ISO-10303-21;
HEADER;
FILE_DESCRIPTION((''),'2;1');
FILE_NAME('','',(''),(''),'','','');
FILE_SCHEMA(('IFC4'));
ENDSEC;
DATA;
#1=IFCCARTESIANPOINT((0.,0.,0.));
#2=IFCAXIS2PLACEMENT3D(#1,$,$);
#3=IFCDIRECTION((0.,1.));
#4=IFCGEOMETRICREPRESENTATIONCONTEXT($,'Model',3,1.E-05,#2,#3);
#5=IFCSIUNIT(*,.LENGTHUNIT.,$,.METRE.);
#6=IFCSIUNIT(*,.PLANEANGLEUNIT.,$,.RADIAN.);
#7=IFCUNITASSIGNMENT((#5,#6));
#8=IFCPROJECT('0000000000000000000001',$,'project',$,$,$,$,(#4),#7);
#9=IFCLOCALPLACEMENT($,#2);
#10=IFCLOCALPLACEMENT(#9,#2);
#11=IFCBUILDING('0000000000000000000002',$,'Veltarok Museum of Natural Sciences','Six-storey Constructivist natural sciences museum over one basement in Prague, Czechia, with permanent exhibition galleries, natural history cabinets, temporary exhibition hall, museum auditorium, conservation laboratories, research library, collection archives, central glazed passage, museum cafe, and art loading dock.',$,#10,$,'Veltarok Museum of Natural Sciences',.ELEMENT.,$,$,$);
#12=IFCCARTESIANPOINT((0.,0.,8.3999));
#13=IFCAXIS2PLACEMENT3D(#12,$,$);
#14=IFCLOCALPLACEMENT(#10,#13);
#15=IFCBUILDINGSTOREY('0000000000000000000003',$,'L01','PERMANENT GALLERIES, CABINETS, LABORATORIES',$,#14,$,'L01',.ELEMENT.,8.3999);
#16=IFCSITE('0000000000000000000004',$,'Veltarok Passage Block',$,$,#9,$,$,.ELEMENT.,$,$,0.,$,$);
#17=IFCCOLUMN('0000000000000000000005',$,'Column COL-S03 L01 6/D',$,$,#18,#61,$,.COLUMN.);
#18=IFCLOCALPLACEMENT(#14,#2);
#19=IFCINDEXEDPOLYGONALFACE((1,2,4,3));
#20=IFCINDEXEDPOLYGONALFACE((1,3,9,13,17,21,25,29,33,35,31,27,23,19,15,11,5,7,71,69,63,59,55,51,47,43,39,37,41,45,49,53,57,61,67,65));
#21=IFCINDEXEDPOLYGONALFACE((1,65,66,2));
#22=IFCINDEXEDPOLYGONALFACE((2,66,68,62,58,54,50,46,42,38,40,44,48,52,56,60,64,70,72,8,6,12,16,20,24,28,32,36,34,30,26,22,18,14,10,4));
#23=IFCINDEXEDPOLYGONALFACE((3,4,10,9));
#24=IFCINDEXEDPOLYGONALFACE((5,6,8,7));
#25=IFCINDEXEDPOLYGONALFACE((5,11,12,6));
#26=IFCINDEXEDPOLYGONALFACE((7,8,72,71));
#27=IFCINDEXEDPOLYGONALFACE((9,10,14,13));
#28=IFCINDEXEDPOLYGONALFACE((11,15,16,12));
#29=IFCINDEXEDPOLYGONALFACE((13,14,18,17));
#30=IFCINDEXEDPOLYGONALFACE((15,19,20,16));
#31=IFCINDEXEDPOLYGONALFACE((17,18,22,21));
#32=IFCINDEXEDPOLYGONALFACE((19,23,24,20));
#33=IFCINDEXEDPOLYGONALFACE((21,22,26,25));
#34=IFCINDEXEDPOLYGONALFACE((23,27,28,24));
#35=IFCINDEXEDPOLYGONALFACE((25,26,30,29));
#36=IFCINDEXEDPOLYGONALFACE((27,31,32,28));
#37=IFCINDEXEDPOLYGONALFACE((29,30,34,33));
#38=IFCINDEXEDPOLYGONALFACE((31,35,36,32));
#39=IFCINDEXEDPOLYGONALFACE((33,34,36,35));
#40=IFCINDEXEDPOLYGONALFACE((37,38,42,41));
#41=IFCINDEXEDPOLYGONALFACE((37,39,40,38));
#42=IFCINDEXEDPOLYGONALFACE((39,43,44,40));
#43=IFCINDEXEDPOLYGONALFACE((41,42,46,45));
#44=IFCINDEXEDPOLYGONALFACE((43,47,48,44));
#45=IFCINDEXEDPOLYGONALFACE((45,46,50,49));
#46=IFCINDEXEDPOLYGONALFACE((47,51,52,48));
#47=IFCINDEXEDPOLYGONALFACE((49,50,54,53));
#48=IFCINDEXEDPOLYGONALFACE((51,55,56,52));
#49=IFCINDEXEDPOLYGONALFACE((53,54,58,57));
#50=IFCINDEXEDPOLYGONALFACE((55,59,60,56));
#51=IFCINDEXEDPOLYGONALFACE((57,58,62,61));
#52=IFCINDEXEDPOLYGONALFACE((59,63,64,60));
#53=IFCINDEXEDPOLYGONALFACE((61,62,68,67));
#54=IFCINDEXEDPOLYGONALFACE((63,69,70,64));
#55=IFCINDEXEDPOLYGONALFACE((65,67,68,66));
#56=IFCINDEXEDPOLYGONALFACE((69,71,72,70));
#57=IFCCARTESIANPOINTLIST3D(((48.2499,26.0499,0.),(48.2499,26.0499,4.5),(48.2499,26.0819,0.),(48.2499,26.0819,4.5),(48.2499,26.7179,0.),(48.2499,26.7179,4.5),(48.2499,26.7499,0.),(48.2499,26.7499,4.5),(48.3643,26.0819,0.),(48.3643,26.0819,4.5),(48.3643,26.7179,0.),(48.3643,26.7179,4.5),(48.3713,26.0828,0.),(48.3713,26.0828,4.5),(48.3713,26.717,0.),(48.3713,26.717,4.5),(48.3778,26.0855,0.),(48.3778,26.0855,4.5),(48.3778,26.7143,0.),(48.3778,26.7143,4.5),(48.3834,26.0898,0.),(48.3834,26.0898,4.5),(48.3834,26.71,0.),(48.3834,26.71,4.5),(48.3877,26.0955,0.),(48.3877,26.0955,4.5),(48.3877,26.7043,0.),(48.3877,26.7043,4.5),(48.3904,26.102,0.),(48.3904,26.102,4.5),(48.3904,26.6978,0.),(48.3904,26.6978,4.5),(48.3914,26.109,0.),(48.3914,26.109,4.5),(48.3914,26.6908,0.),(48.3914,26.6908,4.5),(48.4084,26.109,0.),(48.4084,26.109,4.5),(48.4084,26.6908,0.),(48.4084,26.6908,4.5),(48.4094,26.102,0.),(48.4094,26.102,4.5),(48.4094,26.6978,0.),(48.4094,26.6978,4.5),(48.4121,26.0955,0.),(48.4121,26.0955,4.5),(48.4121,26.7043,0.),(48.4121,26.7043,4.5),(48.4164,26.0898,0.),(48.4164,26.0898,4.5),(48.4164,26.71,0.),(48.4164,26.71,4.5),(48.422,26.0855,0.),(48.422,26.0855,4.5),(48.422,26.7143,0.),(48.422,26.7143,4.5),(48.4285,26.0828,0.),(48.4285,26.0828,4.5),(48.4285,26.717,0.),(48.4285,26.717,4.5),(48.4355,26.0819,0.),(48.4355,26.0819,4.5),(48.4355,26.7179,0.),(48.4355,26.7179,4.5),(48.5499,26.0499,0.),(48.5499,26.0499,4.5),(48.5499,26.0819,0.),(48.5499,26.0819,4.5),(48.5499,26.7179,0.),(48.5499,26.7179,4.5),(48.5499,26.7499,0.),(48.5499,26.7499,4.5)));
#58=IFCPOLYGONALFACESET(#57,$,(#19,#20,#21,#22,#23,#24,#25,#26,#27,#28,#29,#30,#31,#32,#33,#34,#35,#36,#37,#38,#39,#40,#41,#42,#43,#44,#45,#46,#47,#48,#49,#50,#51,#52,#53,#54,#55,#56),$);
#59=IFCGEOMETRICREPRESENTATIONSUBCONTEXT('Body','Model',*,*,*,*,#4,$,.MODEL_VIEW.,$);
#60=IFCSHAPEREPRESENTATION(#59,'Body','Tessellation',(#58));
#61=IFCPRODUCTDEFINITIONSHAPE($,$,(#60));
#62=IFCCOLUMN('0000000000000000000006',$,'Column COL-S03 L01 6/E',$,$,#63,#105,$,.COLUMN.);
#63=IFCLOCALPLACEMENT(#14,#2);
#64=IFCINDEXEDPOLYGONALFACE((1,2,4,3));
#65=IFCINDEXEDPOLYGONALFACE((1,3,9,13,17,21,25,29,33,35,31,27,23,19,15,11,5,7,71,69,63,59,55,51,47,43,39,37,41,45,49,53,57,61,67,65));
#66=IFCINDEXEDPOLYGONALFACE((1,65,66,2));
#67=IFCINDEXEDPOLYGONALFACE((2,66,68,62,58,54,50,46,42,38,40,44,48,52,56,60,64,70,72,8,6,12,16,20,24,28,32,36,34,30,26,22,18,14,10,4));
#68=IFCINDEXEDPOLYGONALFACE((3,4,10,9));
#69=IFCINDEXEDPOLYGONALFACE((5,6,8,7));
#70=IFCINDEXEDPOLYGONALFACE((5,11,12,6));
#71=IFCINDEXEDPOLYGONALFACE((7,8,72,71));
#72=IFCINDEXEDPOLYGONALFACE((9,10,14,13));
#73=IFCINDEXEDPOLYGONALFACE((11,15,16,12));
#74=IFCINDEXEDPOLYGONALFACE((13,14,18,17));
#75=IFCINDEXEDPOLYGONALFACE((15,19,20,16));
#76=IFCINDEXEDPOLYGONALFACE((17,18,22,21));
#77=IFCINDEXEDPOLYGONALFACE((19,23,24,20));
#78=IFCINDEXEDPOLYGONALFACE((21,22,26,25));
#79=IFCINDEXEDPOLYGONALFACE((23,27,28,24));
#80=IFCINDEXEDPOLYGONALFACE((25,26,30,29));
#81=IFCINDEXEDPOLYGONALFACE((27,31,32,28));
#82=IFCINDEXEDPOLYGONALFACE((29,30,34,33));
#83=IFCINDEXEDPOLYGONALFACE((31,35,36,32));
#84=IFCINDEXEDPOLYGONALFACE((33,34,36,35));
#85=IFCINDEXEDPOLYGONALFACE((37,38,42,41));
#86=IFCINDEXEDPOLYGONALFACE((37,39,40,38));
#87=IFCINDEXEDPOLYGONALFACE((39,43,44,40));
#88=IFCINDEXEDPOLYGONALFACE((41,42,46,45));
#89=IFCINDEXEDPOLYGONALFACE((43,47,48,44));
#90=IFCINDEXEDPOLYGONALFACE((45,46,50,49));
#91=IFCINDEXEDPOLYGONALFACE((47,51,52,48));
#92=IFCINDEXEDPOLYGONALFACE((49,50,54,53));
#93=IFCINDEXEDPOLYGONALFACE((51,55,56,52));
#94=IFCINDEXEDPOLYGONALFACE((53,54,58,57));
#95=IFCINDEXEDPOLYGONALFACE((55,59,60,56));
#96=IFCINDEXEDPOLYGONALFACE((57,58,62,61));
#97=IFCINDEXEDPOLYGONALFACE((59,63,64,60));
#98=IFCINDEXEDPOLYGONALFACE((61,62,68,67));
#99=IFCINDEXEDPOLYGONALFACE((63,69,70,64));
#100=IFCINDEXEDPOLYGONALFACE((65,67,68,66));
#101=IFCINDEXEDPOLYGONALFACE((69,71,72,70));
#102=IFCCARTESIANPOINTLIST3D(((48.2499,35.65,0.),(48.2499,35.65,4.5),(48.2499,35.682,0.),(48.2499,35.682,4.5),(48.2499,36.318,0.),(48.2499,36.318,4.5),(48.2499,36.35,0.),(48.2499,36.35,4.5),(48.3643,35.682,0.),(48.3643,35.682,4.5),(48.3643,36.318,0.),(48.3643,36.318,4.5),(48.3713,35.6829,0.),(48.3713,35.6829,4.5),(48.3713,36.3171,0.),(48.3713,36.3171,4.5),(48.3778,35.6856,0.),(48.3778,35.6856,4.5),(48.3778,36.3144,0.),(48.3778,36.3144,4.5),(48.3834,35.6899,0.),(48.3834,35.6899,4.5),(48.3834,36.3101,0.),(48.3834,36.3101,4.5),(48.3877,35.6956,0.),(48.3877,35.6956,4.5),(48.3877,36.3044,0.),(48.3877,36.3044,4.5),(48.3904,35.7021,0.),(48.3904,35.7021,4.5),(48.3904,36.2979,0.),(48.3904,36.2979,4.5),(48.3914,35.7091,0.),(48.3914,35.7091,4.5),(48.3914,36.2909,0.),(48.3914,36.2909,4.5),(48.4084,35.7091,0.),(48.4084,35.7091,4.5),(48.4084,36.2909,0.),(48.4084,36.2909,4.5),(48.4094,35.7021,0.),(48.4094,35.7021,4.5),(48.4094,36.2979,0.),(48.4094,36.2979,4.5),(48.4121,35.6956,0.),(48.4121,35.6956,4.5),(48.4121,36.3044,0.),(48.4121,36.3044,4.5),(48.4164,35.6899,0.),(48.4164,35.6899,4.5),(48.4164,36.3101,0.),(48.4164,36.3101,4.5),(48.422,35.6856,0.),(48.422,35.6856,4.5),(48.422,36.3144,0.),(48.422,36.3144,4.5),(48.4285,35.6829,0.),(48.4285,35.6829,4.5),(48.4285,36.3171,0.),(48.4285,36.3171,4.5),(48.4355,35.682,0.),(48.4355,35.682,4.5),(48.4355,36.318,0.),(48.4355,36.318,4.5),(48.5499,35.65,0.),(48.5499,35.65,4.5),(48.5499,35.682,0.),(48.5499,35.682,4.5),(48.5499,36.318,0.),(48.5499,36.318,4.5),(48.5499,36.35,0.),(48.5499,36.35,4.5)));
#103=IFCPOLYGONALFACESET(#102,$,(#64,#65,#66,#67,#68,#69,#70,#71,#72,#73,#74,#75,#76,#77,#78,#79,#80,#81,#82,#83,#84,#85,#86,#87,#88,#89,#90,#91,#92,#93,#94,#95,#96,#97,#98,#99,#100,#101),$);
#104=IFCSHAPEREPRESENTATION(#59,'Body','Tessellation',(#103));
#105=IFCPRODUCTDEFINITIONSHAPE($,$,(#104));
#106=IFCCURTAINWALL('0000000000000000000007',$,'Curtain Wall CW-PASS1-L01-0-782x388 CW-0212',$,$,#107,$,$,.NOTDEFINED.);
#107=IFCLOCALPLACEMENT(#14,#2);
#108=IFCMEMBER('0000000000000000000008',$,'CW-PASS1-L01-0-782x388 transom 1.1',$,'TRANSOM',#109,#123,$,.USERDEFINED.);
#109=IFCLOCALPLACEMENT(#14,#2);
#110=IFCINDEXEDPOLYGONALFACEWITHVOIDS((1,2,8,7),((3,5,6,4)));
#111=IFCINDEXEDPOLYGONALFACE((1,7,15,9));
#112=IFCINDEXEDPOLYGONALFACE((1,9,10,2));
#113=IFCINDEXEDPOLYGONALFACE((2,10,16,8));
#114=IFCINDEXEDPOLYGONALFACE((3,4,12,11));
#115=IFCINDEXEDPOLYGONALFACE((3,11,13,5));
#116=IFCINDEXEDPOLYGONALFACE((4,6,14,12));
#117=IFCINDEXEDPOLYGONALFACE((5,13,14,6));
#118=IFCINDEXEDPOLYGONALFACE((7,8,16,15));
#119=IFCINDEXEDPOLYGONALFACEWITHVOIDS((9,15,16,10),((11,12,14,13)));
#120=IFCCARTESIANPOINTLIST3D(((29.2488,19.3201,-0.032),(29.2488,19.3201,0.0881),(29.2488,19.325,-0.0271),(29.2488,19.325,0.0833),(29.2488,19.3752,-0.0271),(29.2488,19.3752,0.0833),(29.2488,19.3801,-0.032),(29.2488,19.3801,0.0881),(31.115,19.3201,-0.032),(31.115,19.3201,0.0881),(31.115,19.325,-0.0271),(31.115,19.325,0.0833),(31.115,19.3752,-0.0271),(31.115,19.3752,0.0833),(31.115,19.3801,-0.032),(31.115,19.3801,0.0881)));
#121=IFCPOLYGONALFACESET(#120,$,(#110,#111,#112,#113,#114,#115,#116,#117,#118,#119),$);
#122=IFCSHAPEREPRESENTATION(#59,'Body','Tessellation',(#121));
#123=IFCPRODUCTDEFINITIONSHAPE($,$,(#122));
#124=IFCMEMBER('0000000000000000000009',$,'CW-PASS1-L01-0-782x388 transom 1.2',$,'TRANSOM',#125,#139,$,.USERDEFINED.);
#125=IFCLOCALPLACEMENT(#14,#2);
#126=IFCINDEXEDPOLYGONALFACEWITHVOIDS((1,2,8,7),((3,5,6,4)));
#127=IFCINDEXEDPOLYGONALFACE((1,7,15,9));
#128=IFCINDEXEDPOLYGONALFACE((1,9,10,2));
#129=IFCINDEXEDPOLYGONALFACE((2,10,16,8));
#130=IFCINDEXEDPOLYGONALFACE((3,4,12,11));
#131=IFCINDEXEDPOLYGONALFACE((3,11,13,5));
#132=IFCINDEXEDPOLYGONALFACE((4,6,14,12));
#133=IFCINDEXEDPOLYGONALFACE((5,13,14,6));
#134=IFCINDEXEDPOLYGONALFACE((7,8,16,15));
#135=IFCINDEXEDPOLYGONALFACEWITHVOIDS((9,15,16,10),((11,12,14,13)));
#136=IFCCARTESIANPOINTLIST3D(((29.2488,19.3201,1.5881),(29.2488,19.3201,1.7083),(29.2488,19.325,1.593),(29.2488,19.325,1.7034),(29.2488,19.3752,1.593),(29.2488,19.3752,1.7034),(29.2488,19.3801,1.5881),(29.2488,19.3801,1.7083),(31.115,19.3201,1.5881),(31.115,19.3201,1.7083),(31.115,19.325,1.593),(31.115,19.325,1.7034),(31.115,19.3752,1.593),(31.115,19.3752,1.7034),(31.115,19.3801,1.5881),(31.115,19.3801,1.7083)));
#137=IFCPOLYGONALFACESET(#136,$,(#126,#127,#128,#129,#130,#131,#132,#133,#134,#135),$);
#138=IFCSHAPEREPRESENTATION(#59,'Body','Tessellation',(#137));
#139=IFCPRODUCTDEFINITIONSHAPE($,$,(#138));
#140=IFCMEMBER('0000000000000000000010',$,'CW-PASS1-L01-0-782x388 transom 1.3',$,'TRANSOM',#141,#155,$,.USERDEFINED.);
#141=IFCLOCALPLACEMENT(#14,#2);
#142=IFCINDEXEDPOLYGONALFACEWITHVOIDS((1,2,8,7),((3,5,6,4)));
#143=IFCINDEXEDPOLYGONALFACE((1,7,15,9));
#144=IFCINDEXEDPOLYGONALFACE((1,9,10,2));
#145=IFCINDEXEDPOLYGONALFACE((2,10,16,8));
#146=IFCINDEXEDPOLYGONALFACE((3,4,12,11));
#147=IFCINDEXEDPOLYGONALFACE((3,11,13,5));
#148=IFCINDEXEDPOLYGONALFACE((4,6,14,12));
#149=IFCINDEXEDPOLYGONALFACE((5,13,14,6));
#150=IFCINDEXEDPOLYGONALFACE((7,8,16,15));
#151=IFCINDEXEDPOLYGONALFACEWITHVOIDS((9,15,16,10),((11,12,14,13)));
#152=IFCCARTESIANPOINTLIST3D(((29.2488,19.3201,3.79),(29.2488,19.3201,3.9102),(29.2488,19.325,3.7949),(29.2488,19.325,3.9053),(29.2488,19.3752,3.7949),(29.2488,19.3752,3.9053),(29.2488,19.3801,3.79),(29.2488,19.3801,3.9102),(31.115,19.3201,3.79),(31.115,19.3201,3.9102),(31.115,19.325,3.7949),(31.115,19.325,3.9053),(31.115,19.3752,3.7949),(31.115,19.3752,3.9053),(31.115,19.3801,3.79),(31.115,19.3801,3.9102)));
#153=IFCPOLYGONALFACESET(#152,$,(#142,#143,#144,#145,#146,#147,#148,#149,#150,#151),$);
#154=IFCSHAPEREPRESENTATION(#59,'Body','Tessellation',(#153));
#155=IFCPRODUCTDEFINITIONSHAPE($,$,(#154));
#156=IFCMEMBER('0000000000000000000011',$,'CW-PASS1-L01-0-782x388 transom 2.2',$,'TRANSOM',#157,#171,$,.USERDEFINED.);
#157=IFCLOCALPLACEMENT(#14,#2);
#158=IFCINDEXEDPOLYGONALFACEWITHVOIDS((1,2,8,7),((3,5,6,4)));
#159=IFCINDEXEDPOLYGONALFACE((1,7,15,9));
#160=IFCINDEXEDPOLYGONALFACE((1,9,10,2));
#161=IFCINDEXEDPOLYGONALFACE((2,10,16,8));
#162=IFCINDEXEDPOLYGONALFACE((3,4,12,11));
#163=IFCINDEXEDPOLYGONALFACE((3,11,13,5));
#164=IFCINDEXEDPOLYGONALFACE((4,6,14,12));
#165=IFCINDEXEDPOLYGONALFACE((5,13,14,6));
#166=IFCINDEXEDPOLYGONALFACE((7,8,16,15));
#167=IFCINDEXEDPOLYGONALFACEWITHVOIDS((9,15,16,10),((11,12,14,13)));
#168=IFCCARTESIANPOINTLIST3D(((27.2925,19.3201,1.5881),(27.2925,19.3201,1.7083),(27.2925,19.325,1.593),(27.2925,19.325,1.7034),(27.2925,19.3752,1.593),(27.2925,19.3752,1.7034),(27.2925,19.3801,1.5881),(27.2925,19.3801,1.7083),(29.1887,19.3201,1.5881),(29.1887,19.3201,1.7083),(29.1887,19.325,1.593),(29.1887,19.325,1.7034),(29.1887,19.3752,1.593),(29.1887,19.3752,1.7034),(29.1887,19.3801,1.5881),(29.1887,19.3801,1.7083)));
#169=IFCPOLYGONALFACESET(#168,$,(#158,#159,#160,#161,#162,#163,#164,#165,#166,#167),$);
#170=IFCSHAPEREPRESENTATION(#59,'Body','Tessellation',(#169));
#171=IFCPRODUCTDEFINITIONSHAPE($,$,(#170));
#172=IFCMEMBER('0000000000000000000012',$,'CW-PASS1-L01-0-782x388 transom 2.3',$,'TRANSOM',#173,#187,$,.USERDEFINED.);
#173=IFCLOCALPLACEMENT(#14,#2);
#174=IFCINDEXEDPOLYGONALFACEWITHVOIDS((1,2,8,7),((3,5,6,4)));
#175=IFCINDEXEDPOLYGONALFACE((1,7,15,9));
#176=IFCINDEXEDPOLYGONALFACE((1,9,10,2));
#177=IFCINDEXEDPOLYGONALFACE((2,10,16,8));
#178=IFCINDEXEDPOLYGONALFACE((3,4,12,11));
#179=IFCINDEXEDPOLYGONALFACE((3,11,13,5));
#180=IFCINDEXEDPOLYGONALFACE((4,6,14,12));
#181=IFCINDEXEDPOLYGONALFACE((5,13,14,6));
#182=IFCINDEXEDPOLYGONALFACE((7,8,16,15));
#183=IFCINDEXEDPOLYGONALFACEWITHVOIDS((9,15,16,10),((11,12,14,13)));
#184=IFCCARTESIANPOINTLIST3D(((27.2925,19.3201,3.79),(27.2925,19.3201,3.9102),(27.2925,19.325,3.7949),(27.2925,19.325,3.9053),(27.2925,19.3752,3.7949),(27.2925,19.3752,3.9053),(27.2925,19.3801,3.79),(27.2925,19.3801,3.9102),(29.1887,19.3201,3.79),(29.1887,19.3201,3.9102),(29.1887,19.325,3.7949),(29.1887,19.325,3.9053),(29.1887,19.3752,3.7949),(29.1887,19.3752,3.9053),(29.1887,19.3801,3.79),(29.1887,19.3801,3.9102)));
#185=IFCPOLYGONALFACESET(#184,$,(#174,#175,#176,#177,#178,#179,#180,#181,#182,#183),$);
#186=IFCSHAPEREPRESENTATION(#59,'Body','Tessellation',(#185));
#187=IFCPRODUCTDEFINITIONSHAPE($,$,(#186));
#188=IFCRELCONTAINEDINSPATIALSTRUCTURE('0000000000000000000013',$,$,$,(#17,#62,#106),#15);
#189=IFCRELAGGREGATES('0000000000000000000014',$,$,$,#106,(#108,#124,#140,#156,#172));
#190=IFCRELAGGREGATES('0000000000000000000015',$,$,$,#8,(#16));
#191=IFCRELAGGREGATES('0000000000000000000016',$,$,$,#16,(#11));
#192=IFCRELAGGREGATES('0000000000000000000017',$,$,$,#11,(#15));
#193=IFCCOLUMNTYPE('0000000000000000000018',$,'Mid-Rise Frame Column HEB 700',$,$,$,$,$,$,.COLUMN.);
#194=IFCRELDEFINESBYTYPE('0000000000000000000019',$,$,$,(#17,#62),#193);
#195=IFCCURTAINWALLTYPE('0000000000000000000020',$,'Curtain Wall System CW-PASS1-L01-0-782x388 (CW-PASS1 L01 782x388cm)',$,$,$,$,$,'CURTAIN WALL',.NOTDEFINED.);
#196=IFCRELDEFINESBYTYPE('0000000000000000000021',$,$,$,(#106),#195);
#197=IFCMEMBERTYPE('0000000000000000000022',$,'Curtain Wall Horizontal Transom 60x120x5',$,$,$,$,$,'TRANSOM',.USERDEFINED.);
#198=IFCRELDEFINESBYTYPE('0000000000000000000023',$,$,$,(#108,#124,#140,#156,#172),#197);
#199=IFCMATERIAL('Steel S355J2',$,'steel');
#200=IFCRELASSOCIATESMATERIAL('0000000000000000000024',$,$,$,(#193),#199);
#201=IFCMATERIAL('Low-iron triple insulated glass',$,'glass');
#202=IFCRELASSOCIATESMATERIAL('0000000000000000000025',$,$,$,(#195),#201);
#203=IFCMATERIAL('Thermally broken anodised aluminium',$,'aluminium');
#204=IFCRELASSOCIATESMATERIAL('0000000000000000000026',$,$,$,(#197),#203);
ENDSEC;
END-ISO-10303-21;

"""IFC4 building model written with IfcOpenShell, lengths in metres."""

from ifc_helpers import new_model, si_unit, direction, frame, origin, origin_2d, place, context, subcontext, project, spatial, hollow_rectangle, i_section, extrude, material, material_profile, profile_set, type_object, element, aggregate, save


model = new_model("IFC4")

# Units and contexts
model_context = context("Model", 3, precision=1e-05, world=origin(), true_north=direction((0.0, 1.0)))
body_context = subcontext(model_context, "Body", "Model", "MODEL_VIEW")
ifc_project = project(units=[si_unit("LENGTHUNIT", "METRE"), si_unit("PLANEANGLEUNIT", "RADIAN")], contexts=[model_context])

# Site, building, storey
site_placement = place(None, origin())
site = spatial("IfcSite", under=ifc_project, at=site_placement, Name="Veltarok Passage Block", CompositionType="ELEMENT", RefElevation=0.0)
building_placement = place(site_placement, origin())
building = spatial("IfcBuilding", under=site, at=building_placement, Name="Veltarok Museum of Natural Sciences", Description="Six-storey Constructivist natural sciences museum over one basement in Prague, Czechia, with permanent exhibition galleries, natural history cabinets, temporary exhibition hall, museum auditorium, conservation laboratories, research library, collection archives, central glazed passage, museum cafe, and art loading dock.", LongName="Veltarok Museum of Natural Sciences", CompositionType="ELEMENT")
storey_placement = place(building_placement, frame((0.0, 0.0, 8.3999)))
storey = spatial("IfcBuildingStorey", under=building, at=storey_placement, Name="L01", Description="PERMANENT GALLERIES, CABINETS, LABORATORIES", LongName="L01", CompositionType="ELEMENT", Elevation=8.3999)

# Columns
ifc_material_1 = material(Name="Steel S355J2", Category="steel")
ifc_material_profile_1 = material_profile(ifc_material_1, i_section(OverallWidth=0.3, OverallDepth=0.7, WebThickness=0.0171, FlangeThickness=0.032, FilletRadius=0.0271, at=origin_2d()), Name="HEB 700")
ifc_profile_set_1 = profile_set([ifc_material_profile_1], Name="Steel S355J2")
column_type = type_object("IfcColumnType", Name="Mid-Rise Frame Column HEB 700", PredefinedType="COLUMN", material=ifc_profile_set_1)
for number, where, z_axis, x_axis, name in (
    (1, (48.3999, 26.3999, 0.0), (0.0, 0.0, 1.0), (1.0, 0.0, 0.0), "Column COL-S03 L01 6/D"),
    (2, (48.3999, 36.0, 0.0), (0.0, 0.0, 1.0), (1.0, 0.0, 0.0), "Column COL-S03 L01 6/E"),
):
    element("IfcColumn", number, at=place(storey_placement, frame(where, z_axis=z_axis, x_axis=x_axis)), inside=storey, type_object=column_type, Name=name, PredefinedType="COLUMN", context=body_context, shape_type="SweptSolid", body=[
        extrude(i_section(OverallWidth=0.3, OverallDepth=0.7, WebThickness=0.0171, FlangeThickness=0.032, FilletRadius=0.0271, at=origin_2d()), origin(), (0.0, 0.0, 1.0), 4.5),
    ])

# Curtain wall, members
ifc_material_2 = material(Name="Low-iron triple insulated glass", Category="glass")
curtain_wall_type = type_object("IfcCurtainWallType", Name="Curtain Wall System CW-PASS1-L01-0-782x388 (CW-PASS1 L01 782x388cm)", ElementType="CURTAIN WALL", PredefinedType="NOTDEFINED", material=ifc_material_2)
curtain_wall_placement = place(storey_placement, origin())
curtain_wall = element("IfcCurtainWall", 3, at=curtain_wall_placement, inside=storey, type_object=curtain_wall_type, Name="Curtain Wall CW-PASS1-L01-0-782x388 CW-0212", PredefinedType="NOTDEFINED")
ifc_material_3 = material(Name="Thermally broken anodised aluminium", Category="aluminium")
ifc_material_profile_2 = material_profile(ifc_material_3, hollow_rectangle(XDim=0.0601, YDim=0.1201, WallThickness=0.0049, at=origin_2d()), Name="CW TRANSOM 60x120x5")
ifc_profile_set_2 = profile_set([ifc_material_profile_2], Name="Thermally broken anodised aluminium")
member_type_1 = type_object("IfcMemberType", Name="Curtain Wall Horizontal Transom 60x120x5", ElementType="TRANSOM", PredefinedType="USERDEFINED", material=ifc_profile_set_2)
member_1_placement = place(storey_placement, frame((31.115, 19.3501, 0.0281), z_axis=(-1.0, 0.0, 0.0), x_axis=(0.0, -1.0, 0.0)))
member_1 = element("IfcMember", 4, at=member_1_placement, type_object=member_type_1, Name="CW-PASS1-L01-0-782x388 transom 1.1", ObjectType="TRANSOM", PredefinedType="USERDEFINED", context=body_context, shape_type="SweptSolid", body=[
    extrude(hollow_rectangle(XDim=0.0601, YDim=0.1201, WallThickness=0.0049, at=origin_2d()), origin(), (0.0, 0.0, 1.0), 1.8662),
])
member_2_placement = place(storey_placement, frame((31.115, 19.3501, 1.6482), z_axis=(-1.0, 0.0, 0.0), x_axis=(0.0, -1.0, 0.0)))
member_2 = element("IfcMember", 5, at=member_2_placement, type_object=member_type_1, Name="CW-PASS1-L01-0-782x388 transom 1.2", ObjectType="TRANSOM", PredefinedType="USERDEFINED", context=body_context, shape_type="SweptSolid", body=[
    extrude(hollow_rectangle(XDim=0.0601, YDim=0.1201, WallThickness=0.0049, at=origin_2d()), origin(), (0.0, 0.0, 1.0), 1.8662),
])
member_3_placement = place(storey_placement, frame((31.115, 19.3501, 3.8501), z_axis=(-1.0, 0.0, 0.0), x_axis=(0.0, -1.0, 0.0)))
member_3 = element("IfcMember", 6, at=member_3_placement, type_object=member_type_1, Name="CW-PASS1-L01-0-782x388 transom 1.3", ObjectType="TRANSOM", PredefinedType="USERDEFINED", context=body_context, shape_type="SweptSolid", body=[
    extrude(hollow_rectangle(XDim=0.0601, YDim=0.1201, WallThickness=0.0049, at=origin_2d()), origin(), (0.0, 0.0, 1.0), 1.8662),
])
member_4_placement = place(storey_placement, frame((29.1887, 19.3501, 1.6482), z_axis=(-1.0, 0.0, 0.0), x_axis=(0.0, -1.0, 0.0)))
member_4 = element("IfcMember", 7, at=member_4_placement, type_object=member_type_1, Name="CW-PASS1-L01-0-782x388 transom 2.2", ObjectType="TRANSOM", PredefinedType="USERDEFINED", context=body_context, shape_type="SweptSolid", body=[
    extrude(hollow_rectangle(XDim=0.0601, YDim=0.1201, WallThickness=0.0049, at=origin_2d()), origin(), (0.0, 0.0, 1.0), 1.8962),
])
member_5_placement = place(storey_placement, frame((29.1887, 19.3501, 3.8501), z_axis=(-1.0, 0.0, 0.0), x_axis=(0.0, -1.0, 0.0)))
member_5 = element("IfcMember", 8, at=member_5_placement, type_object=member_type_1, Name="CW-PASS1-L01-0-782x388 transom 2.3", ObjectType="TRANSOM", PredefinedType="USERDEFINED", context=body_context, shape_type="SweptSolid", body=[
    extrude(hollow_rectangle(XDim=0.0601, YDim=0.1201, WallThickness=0.0049, at=origin_2d()), origin(), (0.0, 0.0, 1.0), 1.8962),
])

aggregate(curtain_wall, [member_1, member_2, member_3, member_4, member_5])

save(model, "model.ifc")
